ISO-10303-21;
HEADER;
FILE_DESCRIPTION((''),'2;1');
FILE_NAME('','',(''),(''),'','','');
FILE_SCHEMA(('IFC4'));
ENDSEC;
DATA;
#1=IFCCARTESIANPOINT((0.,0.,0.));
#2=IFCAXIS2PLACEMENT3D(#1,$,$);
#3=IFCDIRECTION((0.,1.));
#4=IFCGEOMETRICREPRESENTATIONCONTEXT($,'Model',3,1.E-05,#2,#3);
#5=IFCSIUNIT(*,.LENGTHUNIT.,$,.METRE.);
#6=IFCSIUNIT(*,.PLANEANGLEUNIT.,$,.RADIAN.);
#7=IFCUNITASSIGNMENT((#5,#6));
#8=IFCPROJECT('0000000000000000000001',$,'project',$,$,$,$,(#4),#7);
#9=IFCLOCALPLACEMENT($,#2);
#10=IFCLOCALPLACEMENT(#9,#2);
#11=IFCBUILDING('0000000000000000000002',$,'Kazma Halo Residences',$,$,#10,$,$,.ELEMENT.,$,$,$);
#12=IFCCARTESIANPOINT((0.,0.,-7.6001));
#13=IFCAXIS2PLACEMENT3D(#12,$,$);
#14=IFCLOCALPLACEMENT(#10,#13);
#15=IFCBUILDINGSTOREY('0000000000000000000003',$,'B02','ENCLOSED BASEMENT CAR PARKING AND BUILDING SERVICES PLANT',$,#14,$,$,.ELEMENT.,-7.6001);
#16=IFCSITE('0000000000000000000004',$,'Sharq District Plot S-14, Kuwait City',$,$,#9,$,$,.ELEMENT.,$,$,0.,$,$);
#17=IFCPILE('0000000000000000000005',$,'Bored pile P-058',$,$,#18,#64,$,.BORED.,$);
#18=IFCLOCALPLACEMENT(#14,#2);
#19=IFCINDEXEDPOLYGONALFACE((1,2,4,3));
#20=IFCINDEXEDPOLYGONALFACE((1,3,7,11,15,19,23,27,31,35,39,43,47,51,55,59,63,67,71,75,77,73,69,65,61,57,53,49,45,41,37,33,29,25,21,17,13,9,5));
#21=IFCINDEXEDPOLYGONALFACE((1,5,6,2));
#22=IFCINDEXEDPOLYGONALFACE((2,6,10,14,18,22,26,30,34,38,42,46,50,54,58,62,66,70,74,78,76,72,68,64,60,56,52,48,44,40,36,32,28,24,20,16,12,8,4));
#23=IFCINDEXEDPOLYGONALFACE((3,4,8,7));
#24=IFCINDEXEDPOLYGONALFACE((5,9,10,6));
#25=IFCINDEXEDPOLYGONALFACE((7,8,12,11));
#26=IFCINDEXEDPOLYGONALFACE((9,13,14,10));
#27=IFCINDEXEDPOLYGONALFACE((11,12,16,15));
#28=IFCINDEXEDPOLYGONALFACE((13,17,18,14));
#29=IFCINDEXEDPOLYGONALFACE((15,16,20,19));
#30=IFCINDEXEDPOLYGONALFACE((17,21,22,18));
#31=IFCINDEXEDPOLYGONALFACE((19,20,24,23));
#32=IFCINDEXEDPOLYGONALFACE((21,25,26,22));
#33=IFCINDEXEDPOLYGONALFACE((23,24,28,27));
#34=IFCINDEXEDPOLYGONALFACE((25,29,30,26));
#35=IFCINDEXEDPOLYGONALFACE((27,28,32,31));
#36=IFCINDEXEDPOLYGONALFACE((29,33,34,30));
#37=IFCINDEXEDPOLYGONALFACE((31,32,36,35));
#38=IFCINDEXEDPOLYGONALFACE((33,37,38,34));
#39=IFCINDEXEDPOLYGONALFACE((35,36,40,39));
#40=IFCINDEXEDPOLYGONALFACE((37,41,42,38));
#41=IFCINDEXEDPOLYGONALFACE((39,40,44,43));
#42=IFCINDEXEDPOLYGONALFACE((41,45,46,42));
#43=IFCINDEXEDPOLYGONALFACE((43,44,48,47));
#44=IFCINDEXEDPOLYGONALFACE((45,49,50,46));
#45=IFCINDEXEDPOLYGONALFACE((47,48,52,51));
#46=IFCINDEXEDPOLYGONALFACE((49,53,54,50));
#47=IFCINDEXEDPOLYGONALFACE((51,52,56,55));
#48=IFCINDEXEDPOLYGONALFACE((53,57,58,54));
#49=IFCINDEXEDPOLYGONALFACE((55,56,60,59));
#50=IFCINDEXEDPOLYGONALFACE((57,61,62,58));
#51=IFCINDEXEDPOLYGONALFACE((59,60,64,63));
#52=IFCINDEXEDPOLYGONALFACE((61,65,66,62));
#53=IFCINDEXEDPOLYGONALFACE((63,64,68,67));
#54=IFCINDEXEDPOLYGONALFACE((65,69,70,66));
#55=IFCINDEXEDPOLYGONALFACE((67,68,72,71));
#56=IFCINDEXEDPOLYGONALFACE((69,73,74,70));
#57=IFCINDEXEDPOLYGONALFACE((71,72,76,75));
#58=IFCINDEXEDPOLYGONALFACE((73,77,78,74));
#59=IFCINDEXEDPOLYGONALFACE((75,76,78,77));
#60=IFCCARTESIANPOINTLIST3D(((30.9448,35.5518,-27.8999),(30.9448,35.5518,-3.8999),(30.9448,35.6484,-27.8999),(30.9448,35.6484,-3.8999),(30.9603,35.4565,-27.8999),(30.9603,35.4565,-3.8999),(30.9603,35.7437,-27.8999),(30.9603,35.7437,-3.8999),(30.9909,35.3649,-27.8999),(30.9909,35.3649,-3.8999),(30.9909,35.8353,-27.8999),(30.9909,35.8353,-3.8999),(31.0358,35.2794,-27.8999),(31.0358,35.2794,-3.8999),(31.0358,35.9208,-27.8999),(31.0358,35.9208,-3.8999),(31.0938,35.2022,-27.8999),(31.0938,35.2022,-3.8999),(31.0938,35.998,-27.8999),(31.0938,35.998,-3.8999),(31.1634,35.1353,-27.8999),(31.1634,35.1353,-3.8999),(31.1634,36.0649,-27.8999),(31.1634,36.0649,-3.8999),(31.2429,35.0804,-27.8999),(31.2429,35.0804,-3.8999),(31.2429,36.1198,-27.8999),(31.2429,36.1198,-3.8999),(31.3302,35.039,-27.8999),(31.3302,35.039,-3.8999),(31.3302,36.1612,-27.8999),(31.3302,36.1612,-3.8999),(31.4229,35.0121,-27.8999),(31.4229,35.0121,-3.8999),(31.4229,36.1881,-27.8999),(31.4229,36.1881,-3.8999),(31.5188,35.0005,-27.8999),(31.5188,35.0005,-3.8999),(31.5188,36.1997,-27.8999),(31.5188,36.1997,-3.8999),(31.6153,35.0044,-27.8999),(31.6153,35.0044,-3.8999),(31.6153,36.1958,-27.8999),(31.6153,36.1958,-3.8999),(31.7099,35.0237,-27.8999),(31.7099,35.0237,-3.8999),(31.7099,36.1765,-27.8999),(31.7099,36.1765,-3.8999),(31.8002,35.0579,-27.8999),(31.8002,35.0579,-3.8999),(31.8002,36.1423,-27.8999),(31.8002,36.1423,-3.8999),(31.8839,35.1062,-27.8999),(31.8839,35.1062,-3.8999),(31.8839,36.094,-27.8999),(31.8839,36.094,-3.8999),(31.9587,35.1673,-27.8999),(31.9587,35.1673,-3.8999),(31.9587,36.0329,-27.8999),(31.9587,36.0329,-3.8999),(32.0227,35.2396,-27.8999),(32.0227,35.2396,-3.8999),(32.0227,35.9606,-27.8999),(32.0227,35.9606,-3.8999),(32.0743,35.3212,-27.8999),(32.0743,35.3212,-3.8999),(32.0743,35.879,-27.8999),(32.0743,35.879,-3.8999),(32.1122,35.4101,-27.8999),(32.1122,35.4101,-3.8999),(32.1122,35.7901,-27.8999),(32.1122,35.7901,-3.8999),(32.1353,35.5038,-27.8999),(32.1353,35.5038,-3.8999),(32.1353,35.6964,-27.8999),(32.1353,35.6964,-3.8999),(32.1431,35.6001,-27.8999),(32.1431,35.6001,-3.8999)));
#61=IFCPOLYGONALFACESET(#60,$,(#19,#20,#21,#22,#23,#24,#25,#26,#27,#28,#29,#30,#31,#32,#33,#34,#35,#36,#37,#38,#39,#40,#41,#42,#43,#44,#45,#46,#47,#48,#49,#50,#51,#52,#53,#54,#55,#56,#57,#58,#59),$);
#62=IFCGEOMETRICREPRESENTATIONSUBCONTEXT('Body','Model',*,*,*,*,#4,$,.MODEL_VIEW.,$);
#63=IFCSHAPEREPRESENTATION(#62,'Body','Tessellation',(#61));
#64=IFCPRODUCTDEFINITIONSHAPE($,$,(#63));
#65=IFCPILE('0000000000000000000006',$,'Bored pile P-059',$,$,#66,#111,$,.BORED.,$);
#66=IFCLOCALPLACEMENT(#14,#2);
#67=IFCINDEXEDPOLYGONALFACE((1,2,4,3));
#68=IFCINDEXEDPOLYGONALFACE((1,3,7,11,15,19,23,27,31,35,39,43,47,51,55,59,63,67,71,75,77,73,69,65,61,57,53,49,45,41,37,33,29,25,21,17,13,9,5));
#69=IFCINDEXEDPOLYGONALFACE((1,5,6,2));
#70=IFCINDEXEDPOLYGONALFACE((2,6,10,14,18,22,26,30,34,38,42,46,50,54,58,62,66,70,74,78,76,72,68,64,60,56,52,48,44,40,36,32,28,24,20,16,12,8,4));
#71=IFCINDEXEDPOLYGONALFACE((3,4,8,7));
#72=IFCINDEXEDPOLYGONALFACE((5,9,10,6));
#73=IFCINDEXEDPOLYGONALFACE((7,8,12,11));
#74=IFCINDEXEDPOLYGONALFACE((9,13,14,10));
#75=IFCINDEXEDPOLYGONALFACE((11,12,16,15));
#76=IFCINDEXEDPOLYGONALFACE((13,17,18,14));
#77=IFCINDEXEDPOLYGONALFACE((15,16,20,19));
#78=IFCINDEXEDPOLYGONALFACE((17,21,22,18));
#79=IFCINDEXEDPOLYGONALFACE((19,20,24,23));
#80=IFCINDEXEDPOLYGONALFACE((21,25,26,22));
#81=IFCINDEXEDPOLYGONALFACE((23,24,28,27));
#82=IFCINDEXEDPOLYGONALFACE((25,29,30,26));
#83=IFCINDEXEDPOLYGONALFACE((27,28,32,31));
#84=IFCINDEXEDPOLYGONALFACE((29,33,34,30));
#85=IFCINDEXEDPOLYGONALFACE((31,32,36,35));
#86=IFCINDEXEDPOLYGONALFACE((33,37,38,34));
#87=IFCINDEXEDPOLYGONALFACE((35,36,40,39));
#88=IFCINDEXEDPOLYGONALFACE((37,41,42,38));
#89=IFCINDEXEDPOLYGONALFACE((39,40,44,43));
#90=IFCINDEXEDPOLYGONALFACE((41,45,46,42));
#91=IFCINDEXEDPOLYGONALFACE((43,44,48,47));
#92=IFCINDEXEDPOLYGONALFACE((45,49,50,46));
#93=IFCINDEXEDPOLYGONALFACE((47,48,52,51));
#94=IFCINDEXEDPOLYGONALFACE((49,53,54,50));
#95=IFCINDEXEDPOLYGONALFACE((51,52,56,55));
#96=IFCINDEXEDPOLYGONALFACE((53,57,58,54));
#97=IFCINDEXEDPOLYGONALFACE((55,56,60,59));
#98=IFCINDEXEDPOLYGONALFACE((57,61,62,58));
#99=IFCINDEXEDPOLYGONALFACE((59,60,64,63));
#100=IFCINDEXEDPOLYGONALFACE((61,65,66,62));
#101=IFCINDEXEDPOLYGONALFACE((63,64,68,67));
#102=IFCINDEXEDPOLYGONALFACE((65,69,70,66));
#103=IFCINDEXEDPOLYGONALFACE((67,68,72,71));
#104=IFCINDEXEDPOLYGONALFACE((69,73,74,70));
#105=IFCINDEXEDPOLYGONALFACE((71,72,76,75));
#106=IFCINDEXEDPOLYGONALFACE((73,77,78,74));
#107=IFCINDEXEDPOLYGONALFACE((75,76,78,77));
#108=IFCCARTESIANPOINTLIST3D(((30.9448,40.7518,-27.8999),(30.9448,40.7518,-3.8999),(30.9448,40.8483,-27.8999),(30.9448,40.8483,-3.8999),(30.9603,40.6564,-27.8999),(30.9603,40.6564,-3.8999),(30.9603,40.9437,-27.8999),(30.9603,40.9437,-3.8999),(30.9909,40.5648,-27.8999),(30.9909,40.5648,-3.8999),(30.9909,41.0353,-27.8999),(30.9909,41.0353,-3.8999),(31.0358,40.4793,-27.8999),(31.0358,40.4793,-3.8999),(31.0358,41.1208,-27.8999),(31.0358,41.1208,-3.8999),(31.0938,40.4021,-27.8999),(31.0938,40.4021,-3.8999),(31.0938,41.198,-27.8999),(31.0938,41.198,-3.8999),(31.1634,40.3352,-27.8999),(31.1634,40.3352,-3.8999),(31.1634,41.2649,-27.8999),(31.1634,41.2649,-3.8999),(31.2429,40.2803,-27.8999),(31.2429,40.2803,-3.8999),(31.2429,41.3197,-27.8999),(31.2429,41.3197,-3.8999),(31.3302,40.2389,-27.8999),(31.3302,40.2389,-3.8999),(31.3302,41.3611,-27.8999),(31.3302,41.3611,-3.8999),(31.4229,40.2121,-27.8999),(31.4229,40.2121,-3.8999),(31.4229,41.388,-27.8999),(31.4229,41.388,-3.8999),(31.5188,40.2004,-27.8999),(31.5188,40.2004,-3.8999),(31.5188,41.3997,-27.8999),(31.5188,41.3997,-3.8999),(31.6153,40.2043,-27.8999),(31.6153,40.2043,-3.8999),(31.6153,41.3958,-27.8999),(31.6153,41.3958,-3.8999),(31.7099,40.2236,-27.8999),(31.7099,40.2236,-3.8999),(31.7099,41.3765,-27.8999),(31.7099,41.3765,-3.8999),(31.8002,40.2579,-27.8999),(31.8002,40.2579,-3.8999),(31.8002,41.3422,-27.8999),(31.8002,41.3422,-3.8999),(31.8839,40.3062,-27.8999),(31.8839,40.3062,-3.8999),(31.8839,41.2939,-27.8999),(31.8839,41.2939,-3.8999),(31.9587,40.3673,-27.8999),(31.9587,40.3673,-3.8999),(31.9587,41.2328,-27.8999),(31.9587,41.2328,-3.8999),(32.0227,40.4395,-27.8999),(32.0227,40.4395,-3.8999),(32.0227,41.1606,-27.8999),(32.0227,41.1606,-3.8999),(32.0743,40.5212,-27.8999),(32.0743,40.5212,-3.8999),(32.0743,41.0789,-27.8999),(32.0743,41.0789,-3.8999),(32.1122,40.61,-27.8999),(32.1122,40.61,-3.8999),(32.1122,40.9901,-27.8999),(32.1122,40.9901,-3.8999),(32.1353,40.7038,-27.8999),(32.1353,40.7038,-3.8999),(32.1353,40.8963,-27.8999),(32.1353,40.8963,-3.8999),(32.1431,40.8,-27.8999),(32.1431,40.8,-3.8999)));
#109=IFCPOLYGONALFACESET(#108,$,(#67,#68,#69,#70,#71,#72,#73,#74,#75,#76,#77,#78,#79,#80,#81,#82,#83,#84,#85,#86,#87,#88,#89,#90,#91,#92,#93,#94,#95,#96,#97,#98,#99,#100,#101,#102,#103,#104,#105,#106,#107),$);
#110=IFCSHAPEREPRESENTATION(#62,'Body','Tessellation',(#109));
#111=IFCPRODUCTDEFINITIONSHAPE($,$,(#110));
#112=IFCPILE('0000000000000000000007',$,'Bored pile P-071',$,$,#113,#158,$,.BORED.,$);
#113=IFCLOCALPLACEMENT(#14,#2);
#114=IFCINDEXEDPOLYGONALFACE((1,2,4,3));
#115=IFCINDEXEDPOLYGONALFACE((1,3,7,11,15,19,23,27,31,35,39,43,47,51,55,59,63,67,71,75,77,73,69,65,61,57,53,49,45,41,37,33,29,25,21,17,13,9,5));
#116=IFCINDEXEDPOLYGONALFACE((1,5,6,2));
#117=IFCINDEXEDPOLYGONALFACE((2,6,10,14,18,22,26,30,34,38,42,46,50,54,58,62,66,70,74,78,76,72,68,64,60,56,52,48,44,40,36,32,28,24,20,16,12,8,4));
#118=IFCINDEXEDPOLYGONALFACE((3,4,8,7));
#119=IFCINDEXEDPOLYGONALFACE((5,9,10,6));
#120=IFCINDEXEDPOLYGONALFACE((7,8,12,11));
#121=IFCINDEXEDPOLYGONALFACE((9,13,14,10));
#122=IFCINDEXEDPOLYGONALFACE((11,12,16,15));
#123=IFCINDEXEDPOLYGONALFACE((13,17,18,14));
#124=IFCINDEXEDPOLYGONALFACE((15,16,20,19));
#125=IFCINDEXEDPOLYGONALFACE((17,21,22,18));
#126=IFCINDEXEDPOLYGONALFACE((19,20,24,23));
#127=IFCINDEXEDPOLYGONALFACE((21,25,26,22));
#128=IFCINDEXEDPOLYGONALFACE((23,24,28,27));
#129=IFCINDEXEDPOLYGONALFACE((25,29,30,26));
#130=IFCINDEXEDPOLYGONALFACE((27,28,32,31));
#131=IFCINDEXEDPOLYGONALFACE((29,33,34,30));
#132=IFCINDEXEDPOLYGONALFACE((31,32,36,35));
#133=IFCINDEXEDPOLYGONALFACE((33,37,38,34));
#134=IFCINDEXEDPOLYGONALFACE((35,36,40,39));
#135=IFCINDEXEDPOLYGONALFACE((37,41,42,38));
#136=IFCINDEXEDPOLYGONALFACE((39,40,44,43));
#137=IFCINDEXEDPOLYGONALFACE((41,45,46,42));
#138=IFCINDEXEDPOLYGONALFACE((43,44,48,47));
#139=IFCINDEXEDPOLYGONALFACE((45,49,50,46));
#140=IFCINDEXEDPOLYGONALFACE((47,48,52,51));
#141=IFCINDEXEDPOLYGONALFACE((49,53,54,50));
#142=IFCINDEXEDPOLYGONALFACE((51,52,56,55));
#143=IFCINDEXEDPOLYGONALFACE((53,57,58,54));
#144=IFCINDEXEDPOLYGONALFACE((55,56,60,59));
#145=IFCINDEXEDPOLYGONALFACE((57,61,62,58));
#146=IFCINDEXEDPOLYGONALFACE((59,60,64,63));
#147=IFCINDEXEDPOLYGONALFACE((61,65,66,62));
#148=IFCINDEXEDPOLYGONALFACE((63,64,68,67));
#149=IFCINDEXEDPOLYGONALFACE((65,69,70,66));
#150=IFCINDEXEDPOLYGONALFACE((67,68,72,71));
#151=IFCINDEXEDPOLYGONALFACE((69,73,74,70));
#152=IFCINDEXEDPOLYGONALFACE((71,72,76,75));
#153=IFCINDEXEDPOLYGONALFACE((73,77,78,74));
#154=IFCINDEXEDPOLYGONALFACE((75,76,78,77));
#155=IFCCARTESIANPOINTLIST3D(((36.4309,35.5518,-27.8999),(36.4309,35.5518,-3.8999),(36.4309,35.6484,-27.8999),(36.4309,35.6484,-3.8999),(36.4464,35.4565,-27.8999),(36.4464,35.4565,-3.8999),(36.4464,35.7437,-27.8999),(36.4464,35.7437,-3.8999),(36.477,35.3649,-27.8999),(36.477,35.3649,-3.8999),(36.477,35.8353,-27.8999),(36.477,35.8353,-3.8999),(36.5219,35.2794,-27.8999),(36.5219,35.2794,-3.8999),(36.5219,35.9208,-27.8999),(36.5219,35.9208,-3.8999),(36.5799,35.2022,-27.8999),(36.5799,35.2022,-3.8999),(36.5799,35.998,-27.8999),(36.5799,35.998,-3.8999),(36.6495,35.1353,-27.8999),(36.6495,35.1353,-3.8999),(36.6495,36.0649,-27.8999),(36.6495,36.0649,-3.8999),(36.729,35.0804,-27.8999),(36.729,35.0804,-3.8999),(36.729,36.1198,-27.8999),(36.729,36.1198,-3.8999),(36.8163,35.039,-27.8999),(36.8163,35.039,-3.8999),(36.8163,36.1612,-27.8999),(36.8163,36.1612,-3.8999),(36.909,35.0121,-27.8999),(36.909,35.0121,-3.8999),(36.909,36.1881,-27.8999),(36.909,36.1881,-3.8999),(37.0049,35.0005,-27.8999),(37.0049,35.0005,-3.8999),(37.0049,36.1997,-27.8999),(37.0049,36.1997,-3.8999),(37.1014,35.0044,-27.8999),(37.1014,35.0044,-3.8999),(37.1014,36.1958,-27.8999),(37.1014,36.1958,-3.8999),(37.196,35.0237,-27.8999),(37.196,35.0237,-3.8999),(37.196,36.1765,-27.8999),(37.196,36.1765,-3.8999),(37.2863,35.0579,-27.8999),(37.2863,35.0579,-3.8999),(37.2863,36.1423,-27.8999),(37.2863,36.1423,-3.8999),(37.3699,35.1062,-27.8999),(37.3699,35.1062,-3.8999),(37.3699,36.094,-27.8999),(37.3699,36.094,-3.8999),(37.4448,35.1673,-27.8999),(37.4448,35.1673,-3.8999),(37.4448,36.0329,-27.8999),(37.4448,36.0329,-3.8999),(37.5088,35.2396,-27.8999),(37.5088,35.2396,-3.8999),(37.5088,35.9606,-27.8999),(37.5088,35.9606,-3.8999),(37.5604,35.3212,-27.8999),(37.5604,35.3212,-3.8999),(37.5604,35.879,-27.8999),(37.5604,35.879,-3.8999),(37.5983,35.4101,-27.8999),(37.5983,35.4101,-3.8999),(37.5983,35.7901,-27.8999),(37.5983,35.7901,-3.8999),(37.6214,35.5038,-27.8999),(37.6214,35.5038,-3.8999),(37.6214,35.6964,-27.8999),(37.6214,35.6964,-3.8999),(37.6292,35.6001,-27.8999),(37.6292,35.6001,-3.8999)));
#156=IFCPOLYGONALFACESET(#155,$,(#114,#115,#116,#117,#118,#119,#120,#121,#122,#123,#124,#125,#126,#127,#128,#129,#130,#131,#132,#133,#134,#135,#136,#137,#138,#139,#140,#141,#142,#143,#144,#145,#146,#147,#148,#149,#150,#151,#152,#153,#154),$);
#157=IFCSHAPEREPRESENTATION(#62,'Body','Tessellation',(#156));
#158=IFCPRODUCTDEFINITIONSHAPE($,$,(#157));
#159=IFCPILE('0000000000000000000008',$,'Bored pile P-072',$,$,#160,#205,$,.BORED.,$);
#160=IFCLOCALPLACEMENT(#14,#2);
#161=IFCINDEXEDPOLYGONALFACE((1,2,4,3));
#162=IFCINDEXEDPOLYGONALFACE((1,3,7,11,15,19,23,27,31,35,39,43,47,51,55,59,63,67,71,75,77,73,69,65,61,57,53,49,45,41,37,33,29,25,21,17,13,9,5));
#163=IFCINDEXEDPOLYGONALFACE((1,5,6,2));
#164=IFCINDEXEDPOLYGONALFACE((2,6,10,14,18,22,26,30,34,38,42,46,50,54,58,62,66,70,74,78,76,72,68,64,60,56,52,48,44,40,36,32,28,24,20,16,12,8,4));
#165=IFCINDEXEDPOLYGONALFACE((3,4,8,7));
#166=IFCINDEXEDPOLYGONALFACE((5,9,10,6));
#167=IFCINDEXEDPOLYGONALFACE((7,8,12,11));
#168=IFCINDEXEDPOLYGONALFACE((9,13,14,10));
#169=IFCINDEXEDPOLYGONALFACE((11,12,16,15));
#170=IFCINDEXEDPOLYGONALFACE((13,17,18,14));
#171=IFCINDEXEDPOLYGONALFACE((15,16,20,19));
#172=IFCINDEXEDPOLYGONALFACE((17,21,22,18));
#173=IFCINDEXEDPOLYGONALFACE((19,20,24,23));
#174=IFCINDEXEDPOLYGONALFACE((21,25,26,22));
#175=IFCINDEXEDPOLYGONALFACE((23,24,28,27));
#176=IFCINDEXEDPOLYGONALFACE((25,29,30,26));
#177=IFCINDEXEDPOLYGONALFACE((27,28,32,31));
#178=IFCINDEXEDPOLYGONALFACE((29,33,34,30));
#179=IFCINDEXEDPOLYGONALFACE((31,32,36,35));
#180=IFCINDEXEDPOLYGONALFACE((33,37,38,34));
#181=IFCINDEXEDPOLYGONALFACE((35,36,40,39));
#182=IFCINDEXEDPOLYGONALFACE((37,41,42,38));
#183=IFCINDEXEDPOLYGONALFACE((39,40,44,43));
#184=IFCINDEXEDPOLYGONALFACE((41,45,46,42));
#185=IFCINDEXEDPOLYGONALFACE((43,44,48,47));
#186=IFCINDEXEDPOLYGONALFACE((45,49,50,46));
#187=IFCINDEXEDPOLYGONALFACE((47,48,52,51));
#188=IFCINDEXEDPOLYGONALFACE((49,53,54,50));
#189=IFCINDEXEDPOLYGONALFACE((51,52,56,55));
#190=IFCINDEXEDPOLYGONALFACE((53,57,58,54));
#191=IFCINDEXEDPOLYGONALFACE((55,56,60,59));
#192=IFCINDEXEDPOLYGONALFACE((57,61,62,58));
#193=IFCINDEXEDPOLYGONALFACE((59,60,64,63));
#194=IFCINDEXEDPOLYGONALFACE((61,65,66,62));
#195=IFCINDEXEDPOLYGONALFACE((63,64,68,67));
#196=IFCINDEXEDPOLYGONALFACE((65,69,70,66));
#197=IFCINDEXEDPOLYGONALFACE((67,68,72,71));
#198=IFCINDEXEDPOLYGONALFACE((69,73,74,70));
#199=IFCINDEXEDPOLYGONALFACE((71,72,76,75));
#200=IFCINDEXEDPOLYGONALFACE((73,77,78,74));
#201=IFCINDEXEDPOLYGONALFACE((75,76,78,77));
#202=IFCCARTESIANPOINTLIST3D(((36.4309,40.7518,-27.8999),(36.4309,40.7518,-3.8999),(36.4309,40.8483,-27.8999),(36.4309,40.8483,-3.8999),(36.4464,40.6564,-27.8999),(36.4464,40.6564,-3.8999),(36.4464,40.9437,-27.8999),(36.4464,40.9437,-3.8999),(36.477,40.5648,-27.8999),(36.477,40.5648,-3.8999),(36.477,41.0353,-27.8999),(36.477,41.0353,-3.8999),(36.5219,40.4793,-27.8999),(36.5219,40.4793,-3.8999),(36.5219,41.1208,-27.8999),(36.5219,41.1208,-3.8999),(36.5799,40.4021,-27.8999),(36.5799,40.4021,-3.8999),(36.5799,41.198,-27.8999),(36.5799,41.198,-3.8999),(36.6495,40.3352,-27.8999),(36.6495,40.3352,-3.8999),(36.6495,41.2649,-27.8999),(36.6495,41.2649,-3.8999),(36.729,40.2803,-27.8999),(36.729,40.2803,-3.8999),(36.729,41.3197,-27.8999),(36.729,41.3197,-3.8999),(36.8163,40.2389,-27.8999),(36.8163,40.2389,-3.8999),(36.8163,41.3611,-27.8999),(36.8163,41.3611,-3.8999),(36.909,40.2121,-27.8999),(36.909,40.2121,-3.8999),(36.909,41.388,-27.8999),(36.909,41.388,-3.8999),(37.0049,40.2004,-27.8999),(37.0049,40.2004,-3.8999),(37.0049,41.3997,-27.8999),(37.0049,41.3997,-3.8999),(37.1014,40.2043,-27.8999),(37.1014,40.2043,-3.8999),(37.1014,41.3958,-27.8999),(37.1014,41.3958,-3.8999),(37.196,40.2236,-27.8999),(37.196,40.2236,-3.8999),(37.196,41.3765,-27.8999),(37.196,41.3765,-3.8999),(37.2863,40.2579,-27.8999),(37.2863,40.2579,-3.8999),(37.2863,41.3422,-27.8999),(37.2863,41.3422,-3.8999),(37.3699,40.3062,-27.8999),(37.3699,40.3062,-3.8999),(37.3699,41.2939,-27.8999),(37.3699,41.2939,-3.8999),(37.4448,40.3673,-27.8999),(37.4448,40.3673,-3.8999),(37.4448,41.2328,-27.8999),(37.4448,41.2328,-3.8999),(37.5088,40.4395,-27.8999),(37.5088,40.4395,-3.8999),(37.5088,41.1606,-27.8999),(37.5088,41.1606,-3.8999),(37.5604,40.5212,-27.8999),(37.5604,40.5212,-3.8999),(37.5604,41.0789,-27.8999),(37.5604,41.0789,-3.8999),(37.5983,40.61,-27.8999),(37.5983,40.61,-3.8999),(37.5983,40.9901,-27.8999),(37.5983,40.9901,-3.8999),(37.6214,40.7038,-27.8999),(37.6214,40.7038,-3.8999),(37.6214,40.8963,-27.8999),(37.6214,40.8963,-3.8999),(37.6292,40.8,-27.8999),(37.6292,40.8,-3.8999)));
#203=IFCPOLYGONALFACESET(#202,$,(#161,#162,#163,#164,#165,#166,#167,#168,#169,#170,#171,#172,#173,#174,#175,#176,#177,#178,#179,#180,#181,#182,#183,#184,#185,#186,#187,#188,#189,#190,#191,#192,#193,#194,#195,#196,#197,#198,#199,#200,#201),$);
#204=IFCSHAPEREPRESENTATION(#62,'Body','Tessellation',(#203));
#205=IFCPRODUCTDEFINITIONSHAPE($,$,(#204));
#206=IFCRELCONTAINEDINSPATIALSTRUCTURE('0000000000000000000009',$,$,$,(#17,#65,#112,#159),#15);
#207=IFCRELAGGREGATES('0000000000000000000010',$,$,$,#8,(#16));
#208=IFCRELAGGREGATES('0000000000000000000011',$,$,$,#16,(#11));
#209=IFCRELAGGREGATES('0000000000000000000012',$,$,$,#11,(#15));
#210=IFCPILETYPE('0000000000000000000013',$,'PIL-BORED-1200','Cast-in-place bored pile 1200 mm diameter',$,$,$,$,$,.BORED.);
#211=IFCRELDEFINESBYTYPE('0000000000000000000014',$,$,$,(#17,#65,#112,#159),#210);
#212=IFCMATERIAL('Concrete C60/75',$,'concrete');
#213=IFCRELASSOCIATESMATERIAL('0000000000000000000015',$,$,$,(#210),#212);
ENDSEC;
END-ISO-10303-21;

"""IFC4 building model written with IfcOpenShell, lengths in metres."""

from ifc_helpers import new_model, si_unit, direction, frame, origin, origin_2d, place, context, subcontext, project, spatial, circle, extrude, material, material_profile, profile_set, type_object, element, save


model = new_model("IFC4")

# Units and contexts
model_context = context("Model", 3, precision=1e-05, world=origin(), true_north=direction((0.0, 1.0)))
body_context = subcontext(model_context, "Body", "Model", "MODEL_VIEW")
ifc_project = project(units=[si_unit("LENGTHUNIT", "METRE"), si_unit("PLANEANGLEUNIT", "RADIAN")], contexts=[model_context])

# Site, building, storey
site_placement = place(None, origin())
site = spatial("IfcSite", under=ifc_project, at=site_placement, Name="Sharq District Plot S-14, Kuwait City", CompositionType="ELEMENT", RefElevation=0.0)
building_placement = place(site_placement, origin())
building = spatial("IfcBuilding", under=site, at=building_placement, Name="Kazma Halo Residences", CompositionType="ELEMENT")
storey_placement = place(building_placement, frame((0.0, 0.0, -7.6001)))
storey = spatial("IfcBuildingStorey", under=building, at=storey_placement, Name="B02", Description="ENCLOSED BASEMENT CAR PARKING AND BUILDING SERVICES PLANT", CompositionType="ELEMENT", Elevation=-7.6001)

# Piles
ifc_material_1 = material(Name="Concrete C60/75", Category="concrete")
ifc_material_profile_1 = material_profile(ifc_material_1, circle(Radius=0.6001, at=origin_2d()), Name="CIRC1200")
ifc_profile_set_1 = profile_set([ifc_material_profile_1], Name="Concrete C60/75")
pile_type = type_object("IfcPileType", Name="PIL-BORED-1200", Description="Cast-in-place bored pile 1200 mm diameter", PredefinedType="BORED", material=ifc_profile_set_1)
for number, where, z_axis, x_axis, name in (
    (1, (31.543, 35.6001, -3.8999), (0.0, 0.0, -1.0), (1.0, 0.0, 0.0), "Bored pile P-058"),
    (2, (31.543, 40.8, -3.8999), (0.0, 0.0, -1.0), (1.0, 0.0, 0.0), "Bored pile P-059"),
    (3, (37.0291, 35.6001, -3.8999), (0.0, 0.0, -1.0), (1.0, 0.0, 0.0), "Bored pile P-071"),
    (4, (37.0291, 40.8, -3.8999), (0.0, 0.0, -1.0), (1.0, 0.0, 0.0), "Bored pile P-072"),
):
    element("IfcPile", number, at=place(storey_placement, frame(where, z_axis=z_axis, x_axis=x_axis)), inside=storey, type_object=pile_type, Name=name, PredefinedType="BORED", context=body_context, shape_type="SweptSolid", body=[
        extrude(circle(Radius=0.6001, at=origin_2d()), origin(), (0.0, 0.0, 1.0), 24.0),
    ])

save(model, "model.ifc")
